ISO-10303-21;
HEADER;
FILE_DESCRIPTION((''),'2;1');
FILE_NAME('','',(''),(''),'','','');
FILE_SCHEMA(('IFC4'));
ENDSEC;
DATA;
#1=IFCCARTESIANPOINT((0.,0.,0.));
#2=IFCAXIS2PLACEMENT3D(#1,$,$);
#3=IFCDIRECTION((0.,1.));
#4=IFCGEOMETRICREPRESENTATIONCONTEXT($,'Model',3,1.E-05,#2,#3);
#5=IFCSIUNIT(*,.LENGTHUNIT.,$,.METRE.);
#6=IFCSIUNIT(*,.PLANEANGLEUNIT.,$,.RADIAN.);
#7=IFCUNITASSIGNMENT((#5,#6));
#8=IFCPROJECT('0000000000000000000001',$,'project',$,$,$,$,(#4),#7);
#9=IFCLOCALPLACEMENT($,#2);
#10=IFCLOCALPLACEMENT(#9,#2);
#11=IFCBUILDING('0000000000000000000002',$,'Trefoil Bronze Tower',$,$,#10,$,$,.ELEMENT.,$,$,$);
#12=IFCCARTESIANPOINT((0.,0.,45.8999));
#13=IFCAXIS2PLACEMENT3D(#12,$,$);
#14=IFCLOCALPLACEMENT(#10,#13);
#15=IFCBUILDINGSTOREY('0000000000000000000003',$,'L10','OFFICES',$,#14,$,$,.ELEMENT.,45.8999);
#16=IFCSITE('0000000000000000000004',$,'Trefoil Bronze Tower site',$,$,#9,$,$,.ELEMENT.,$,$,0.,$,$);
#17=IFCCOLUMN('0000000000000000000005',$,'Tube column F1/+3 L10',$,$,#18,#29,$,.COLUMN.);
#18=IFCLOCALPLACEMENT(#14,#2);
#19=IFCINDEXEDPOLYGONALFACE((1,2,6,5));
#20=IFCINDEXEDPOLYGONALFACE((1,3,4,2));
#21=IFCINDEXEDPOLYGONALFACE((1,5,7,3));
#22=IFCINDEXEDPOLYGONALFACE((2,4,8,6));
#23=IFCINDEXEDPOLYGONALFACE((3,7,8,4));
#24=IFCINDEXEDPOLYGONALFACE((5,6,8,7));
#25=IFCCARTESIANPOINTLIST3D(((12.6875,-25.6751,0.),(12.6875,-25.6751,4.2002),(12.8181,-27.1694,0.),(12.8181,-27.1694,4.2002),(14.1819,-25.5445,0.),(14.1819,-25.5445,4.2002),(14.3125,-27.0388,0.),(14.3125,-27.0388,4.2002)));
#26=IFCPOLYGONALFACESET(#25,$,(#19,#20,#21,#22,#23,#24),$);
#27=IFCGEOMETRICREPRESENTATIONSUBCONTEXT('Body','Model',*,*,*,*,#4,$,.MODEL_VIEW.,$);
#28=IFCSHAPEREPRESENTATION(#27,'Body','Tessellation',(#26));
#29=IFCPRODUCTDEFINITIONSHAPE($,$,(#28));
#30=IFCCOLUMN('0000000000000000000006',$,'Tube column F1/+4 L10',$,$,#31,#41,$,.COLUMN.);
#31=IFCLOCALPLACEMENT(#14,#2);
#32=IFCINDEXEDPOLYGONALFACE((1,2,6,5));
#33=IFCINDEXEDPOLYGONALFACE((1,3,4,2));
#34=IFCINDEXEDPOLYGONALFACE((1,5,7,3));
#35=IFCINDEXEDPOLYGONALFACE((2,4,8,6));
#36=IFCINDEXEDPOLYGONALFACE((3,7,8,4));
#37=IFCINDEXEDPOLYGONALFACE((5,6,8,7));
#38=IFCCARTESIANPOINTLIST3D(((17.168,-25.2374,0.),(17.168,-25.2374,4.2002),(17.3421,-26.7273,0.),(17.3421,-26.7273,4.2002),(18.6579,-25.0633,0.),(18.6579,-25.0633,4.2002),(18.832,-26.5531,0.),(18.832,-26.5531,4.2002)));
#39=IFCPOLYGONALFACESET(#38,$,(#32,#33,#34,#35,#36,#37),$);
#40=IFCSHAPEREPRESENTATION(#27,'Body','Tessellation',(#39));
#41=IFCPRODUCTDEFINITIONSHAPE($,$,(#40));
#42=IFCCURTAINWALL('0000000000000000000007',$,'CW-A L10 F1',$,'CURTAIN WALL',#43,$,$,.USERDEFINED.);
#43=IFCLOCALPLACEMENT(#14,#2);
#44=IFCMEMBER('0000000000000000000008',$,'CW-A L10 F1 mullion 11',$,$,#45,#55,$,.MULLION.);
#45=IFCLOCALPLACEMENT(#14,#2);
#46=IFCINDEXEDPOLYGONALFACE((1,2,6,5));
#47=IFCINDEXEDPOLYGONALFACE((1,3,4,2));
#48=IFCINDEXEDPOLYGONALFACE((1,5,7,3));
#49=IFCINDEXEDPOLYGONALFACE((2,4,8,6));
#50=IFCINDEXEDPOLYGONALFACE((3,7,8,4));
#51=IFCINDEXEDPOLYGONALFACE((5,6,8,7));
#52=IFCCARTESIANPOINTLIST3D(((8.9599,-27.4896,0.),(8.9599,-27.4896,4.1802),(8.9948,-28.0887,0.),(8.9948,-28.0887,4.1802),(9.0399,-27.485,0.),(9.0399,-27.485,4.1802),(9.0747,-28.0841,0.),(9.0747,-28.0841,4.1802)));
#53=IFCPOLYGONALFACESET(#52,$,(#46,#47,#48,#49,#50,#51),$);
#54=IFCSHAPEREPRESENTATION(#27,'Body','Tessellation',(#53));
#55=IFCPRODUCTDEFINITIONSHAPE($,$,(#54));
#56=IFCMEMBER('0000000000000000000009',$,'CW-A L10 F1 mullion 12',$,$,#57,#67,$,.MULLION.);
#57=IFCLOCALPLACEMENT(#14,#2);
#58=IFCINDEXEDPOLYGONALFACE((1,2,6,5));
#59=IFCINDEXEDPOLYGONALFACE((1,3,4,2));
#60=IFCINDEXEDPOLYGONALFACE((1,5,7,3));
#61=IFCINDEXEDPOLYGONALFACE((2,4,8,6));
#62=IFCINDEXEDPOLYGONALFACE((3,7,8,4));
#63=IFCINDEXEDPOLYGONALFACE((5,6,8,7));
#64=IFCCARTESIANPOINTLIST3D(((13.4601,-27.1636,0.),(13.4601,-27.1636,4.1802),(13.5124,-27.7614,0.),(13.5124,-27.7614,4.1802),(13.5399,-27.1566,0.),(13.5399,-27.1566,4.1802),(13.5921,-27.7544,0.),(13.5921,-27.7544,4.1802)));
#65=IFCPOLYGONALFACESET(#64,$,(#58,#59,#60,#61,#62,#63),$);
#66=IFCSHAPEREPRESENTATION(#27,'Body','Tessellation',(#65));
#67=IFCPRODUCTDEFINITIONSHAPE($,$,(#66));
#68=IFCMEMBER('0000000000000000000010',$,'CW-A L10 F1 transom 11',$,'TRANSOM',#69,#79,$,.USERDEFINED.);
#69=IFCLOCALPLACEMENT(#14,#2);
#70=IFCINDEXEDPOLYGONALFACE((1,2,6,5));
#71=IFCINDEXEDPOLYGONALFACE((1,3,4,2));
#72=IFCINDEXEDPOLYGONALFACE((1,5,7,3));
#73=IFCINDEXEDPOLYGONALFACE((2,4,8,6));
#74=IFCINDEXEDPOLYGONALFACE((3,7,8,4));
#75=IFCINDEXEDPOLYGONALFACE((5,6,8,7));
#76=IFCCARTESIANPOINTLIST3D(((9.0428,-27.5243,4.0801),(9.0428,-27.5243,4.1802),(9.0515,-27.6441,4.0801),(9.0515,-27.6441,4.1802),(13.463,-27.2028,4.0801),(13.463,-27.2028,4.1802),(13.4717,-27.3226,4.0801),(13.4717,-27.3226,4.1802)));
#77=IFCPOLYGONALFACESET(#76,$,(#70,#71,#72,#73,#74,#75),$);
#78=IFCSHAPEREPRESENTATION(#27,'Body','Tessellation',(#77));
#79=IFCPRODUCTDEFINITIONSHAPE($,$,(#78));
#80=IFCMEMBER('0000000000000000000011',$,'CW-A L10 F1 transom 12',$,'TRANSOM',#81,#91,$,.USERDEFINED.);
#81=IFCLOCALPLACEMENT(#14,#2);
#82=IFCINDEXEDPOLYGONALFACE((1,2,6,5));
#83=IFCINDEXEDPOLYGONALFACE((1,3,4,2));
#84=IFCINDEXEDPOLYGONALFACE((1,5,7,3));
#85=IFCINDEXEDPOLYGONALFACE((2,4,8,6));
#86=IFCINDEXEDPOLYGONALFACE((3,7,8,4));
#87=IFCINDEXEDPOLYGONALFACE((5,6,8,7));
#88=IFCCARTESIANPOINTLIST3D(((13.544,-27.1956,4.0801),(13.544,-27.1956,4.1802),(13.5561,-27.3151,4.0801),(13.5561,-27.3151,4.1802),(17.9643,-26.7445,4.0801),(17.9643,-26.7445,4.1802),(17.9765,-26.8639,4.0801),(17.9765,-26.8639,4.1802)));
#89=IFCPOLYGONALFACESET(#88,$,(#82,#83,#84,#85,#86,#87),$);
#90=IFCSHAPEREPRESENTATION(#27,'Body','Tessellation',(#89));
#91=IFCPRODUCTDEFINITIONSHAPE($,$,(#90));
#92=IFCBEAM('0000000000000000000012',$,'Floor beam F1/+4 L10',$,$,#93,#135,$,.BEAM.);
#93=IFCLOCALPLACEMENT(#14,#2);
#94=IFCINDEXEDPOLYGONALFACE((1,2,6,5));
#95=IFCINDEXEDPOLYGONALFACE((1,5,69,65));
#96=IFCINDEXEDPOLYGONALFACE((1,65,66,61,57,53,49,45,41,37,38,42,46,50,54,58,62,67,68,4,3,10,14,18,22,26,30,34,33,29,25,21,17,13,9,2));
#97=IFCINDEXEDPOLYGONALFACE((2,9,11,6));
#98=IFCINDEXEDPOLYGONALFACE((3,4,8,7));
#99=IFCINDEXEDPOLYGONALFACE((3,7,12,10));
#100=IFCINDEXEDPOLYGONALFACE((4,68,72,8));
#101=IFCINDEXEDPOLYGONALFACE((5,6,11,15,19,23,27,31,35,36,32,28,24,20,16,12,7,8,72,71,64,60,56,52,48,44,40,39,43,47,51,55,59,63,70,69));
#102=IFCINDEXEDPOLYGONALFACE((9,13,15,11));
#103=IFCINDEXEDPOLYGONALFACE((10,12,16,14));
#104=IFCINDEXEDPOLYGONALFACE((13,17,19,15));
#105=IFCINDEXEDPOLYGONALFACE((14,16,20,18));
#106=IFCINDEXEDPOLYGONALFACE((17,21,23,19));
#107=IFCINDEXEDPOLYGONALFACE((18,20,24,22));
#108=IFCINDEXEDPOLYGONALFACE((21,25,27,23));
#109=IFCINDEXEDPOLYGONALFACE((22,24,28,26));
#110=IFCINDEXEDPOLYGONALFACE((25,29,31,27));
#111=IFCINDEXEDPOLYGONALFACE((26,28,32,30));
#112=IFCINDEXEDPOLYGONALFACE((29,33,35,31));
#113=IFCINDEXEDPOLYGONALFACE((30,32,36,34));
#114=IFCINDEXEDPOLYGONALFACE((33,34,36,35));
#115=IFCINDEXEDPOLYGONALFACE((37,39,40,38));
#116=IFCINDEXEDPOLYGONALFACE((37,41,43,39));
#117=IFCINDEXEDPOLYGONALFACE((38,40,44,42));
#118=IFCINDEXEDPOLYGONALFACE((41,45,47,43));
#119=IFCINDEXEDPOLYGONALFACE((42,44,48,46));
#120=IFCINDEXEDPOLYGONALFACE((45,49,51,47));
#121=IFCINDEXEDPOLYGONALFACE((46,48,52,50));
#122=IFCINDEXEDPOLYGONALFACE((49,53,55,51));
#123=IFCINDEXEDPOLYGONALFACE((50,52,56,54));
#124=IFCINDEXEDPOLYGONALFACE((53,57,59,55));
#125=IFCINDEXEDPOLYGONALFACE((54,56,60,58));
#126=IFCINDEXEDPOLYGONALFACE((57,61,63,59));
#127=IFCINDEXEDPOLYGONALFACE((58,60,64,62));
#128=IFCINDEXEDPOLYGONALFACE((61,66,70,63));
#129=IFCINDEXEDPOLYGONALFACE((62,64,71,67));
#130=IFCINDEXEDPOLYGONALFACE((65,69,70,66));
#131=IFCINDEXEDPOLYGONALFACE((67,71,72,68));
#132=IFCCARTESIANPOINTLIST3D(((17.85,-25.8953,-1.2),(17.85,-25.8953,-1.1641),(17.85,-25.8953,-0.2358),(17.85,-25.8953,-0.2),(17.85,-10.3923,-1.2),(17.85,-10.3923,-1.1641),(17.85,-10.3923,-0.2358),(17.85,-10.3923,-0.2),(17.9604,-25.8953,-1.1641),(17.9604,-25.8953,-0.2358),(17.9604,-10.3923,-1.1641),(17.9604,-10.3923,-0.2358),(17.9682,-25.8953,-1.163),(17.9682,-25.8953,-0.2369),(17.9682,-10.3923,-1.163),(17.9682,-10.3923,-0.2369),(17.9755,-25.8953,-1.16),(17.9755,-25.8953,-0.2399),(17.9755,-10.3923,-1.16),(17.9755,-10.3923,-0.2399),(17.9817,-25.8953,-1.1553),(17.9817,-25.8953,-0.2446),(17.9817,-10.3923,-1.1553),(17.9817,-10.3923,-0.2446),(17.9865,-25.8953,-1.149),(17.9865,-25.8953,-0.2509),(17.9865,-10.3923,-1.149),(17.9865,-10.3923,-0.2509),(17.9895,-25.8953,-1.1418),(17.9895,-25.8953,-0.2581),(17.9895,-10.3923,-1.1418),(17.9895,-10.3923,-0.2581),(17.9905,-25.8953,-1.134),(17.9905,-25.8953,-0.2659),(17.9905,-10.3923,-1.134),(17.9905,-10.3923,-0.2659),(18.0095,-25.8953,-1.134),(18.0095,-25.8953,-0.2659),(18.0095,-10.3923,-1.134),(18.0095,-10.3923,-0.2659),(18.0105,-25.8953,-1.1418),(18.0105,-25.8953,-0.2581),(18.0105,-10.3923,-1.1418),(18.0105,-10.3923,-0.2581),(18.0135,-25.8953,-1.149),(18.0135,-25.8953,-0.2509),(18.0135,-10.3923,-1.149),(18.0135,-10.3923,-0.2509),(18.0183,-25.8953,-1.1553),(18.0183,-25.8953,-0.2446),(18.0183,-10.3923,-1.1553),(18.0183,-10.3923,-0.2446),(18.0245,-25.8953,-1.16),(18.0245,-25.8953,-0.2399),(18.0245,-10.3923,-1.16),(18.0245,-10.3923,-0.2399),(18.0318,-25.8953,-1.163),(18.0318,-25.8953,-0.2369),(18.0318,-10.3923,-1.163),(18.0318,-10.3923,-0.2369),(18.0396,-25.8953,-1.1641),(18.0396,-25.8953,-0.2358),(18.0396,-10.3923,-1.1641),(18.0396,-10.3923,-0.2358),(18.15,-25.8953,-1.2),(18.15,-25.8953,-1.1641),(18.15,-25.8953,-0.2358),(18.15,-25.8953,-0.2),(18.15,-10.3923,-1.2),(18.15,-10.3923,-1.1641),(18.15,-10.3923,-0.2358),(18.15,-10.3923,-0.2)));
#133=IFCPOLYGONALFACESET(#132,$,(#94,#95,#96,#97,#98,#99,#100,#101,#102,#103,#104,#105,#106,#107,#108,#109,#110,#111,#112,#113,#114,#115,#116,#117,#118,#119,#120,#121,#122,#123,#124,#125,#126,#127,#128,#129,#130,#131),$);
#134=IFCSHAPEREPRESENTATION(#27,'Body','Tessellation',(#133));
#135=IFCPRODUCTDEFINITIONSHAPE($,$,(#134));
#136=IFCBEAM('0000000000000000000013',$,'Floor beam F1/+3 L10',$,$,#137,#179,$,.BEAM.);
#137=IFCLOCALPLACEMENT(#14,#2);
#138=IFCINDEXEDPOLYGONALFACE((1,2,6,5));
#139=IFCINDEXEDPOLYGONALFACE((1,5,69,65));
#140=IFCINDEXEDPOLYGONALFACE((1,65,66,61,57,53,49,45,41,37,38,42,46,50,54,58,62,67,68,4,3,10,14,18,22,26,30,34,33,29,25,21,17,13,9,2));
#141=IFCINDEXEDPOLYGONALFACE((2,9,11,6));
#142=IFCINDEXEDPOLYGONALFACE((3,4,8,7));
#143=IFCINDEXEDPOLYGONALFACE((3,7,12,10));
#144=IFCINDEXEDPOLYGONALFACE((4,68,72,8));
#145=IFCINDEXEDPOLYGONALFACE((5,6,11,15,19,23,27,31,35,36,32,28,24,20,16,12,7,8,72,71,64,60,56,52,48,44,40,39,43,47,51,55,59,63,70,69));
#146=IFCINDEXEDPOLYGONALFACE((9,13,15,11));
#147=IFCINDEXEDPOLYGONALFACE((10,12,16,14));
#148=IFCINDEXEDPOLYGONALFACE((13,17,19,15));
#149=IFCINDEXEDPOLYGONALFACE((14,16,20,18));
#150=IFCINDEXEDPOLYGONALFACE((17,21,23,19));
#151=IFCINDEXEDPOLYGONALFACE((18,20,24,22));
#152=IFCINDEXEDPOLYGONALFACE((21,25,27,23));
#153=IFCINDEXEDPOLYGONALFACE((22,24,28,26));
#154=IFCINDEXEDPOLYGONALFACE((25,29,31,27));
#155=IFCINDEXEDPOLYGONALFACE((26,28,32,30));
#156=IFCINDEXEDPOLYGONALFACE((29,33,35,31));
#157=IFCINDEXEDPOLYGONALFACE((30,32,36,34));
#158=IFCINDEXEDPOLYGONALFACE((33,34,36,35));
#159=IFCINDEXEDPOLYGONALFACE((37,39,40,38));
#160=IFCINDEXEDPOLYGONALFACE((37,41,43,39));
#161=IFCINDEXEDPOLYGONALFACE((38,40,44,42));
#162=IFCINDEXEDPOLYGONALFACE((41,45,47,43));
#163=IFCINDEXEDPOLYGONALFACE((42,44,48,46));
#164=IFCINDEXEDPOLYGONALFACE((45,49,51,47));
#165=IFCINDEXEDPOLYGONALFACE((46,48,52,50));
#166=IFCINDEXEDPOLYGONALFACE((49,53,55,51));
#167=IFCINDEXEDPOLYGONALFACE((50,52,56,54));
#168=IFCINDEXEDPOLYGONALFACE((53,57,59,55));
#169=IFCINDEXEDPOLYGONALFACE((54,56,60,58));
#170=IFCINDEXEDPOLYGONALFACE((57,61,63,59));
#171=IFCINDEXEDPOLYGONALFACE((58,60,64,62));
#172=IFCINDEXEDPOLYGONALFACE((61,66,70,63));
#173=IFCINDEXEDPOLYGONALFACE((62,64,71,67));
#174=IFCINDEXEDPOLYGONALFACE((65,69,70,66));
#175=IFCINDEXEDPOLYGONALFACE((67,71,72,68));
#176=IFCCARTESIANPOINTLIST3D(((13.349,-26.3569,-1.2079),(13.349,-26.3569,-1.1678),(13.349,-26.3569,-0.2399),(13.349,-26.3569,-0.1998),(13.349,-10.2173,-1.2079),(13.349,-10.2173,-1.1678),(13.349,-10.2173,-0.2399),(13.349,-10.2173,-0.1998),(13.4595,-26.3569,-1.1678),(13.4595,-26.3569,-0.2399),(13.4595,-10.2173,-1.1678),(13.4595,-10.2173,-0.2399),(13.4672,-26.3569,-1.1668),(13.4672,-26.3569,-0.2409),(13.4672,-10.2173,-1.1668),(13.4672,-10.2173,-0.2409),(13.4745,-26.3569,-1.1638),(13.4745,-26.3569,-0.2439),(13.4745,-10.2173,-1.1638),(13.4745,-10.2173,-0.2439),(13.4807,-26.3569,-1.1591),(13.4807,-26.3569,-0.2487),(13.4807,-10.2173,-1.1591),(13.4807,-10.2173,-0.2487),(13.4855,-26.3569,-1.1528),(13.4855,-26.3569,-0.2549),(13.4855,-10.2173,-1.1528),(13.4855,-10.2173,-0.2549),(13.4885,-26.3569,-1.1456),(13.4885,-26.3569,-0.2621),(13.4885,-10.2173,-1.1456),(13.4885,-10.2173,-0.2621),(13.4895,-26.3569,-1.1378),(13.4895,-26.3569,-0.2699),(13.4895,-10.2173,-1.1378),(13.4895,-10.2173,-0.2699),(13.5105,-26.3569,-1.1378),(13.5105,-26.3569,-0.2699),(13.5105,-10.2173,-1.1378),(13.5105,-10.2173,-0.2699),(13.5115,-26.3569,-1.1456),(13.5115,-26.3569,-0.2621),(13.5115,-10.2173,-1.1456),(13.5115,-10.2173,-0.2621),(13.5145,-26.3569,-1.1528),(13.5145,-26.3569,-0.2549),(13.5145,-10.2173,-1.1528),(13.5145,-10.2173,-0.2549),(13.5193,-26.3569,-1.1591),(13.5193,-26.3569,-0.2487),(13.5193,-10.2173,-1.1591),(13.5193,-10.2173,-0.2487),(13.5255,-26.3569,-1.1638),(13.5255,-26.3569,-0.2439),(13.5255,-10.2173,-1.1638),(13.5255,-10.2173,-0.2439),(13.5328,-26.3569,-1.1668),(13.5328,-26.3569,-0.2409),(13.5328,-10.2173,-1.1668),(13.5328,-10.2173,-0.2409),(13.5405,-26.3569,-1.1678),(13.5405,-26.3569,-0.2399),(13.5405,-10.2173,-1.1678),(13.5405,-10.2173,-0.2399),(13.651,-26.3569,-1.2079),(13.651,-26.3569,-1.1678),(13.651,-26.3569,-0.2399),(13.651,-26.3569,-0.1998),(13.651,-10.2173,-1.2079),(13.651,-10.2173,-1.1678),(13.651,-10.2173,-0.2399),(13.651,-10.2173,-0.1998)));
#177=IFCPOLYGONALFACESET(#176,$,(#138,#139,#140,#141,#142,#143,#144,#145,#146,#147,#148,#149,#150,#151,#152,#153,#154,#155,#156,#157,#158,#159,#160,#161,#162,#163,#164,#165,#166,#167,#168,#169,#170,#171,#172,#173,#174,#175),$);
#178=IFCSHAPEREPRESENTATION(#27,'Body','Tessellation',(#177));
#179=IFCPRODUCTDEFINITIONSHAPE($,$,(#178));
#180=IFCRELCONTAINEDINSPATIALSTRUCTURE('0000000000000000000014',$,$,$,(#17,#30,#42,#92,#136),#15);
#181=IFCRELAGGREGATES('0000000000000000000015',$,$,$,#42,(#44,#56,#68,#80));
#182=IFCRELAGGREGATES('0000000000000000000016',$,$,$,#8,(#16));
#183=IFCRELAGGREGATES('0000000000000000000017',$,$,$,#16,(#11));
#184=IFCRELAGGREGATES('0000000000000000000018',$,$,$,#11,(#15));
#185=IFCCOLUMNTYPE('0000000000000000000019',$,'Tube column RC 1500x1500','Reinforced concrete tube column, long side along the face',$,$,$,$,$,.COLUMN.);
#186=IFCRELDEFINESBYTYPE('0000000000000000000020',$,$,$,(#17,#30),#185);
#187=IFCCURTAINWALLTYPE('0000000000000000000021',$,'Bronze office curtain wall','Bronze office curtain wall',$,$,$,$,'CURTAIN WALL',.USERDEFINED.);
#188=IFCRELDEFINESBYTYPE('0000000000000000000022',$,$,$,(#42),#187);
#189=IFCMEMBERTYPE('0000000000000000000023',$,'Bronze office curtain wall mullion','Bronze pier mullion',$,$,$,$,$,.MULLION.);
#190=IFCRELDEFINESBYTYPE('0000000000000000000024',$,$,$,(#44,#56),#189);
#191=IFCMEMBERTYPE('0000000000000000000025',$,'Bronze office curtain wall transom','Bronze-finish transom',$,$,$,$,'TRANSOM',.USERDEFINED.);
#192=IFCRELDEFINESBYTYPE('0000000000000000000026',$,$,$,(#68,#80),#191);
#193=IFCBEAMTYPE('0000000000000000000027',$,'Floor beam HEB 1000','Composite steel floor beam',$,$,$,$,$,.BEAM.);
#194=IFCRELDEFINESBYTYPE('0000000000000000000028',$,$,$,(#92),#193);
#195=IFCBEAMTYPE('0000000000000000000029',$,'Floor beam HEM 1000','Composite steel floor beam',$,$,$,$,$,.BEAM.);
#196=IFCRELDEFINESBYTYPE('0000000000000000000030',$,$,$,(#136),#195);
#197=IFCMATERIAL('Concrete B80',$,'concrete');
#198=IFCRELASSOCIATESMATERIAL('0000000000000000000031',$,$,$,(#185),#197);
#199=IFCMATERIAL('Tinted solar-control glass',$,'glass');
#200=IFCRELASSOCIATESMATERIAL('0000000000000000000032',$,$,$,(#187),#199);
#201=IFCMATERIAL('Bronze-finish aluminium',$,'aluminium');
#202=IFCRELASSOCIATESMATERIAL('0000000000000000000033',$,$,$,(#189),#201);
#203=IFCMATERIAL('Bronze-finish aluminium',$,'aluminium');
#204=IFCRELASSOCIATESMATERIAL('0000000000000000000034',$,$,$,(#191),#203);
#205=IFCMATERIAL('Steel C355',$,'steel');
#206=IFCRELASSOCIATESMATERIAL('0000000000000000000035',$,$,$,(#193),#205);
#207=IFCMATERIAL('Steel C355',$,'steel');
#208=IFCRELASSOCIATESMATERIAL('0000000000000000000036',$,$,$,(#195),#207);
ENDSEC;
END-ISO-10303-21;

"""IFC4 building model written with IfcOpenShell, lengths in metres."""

from ifc_helpers import new_model, si_unit, direction, frame, origin, origin_2d, place, context, subcontext, project, spatial, rectangle, i_section, extrude, material, material_profile, profile_set, type_object, element, aggregate, save


model = new_model("IFC4")

# Units and contexts
model_context = context("Model", 3, precision=1e-05, world=origin(), true_north=direction((0.0, 1.0)))
body_context = subcontext(model_context, "Body", "Model", "MODEL_VIEW")
ifc_project = project(units=[si_unit("LENGTHUNIT", "METRE"), si_unit("PLANEANGLEUNIT", "RADIAN")], contexts=[model_context])

# Site, building, storey
site_placement = place(None, origin())
site = spatial("IfcSite", under=ifc_project, at=site_placement, Name="Trefoil Bronze Tower site", CompositionType="ELEMENT", RefElevation=0.0)
building_placement = place(site_placement, origin())
building = spatial("IfcBuilding", under=site, at=building_placement, Name="Trefoil Bronze Tower", CompositionType="ELEMENT")
storey_placement = place(building_placement, frame((0.0, 0.0, 45.8999)))
storey = spatial("IfcBuildingStorey", under=building, at=storey_placement, Name="L10", Description="OFFICES", CompositionType="ELEMENT", Elevation=45.8999)

# Columns
ifc_material_1 = material(Name="Concrete B80", Category="concrete")
ifc_material_profile_1 = material_profile(ifc_material_1, rectangle(XDim=1.5, YDim=1.5, at=origin_2d()), Name="RC 1500x1500")
ifc_profile_set_1 = profile_set([ifc_material_profile_1], Name="Concrete B80")
column_type = type_object("IfcColumnType", Name="Tube column RC 1500x1500", Description="Reinforced concrete tube column, long side along the face", PredefinedType="COLUMN", material=ifc_profile_set_1)
for number, where, z_axis, x_axis, name in (
    (1, (13.5, -26.3569, 0.0), (0.0, 0.0, 1.0), (0.996203, 0.087065, 0.0), "Tube column F1/+3 L10"),
    (2, (18.0, -25.8953, 0.0), (0.0, 0.0, 1.0), (0.993239, 0.116087, 0.0), "Tube column F1/+4 L10"),
):
    element("IfcColumn", number, at=place(storey_placement, frame(where, z_axis=z_axis, x_axis=x_axis)), inside=storey, type_object=column_type, Name=name, PredefinedType="COLUMN", context=body_context, shape_type="SweptSolid", body=[
        extrude(rectangle(XDim=1.5, YDim=1.5, at=origin_2d()), origin(), (0.0, 0.0, 1.0), 4.2002),
    ])

# Curtain wall, members
ifc_material_2 = material(Name="Tinted solar-control glass", Category="glass")
curtain_wall_type = type_object("IfcCurtainWallType", Name="Bronze office curtain wall", Description="Bronze office curtain wall", ElementType="CURTAIN WALL", PredefinedType="USERDEFINED", material=ifc_material_2)
curtain_wall_placement = place(storey_placement, origin())
curtain_wall = element("IfcCurtainWall", 3, at=curtain_wall_placement, inside=storey, type_object=curtain_wall_type, Name="CW-A L10 F1", ObjectType="CURTAIN WALL", PredefinedType="USERDEFINED")
ifc_material_3 = material(Name="Bronze-finish aluminium", Category="aluminium")
ifc_material_profile_2 = material_profile(ifc_material_3, rectangle(XDim=0.6001, YDim=0.0801, at=origin_2d()), Name="CW-A mullion")
ifc_profile_set_2 = profile_set([ifc_material_profile_2], Name="Bronze-finish aluminium")
member_type_1 = type_object("IfcMemberType", Name="Bronze office curtain wall mullion", Description="Bronze pier mullion", PredefinedType="MULLION", material=ifc_profile_set_2)
member_1_placement = place(storey_placement, frame((9.0173, -27.7869, 0.0), z_axis=(0.0, 0.0, 1.0), x_axis=(-0.058043, 0.998314, 0.0)))
member_1 = element("IfcMember", 4, at=member_1_placement, type_object=member_type_1, Name="CW-A L10 F1 mullion 11", PredefinedType="MULLION", context=body_context, shape_type="SweptSolid", body=[
    extrude(rectangle(XDim=0.6001, YDim=0.0801, at=origin_2d()), origin(), (0.0, 0.0, 1.0), 4.1802),
])
member_2_placement = place(storey_placement, frame((13.5261, -27.459, 0.0), z_axis=(0.0, 0.0, 1.0), x_axis=(-0.087065, 0.996203, 0.0)))
member_2 = element("IfcMember", 5, at=member_2_placement, type_object=member_type_1, Name="CW-A L10 F1 mullion 12", PredefinedType="MULLION", context=body_context, shape_type="SweptSolid", body=[
    extrude(rectangle(XDim=0.6001, YDim=0.0801, at=origin_2d()), origin(), (0.0, 0.0, 1.0), 4.1802),
])
ifc_material_4 = material(Name="Bronze-finish aluminium", Category="aluminium")
ifc_material_profile_3 = material_profile(ifc_material_4, rectangle(XDim=0.1201, YDim=0.1001, at=origin_2d()), Name="CW-A transom")
ifc_profile_set_3 = profile_set([ifc_material_profile_3], Name="Bronze-finish aluminium")
member_type_2 = type_object("IfcMemberType", Name="Bronze office curtain wall transom", Description="Bronze-finish transom", ElementType="TRANSOM", PredefinedType="USERDEFINED", material=ifc_profile_set_3)
member_3_placement = place(storey_placement, frame((9.0471, -27.5842, 4.1301), z_axis=(0.997365, 0.072551, 0.0), x_axis=(-0.072551, 0.997365, 0.0)))
member_3 = element("IfcMember", 6, at=member_3_placement, type_object=member_type_2, Name="CW-A L10 F1 transom 11", ObjectType="TRANSOM", PredefinedType="USERDEFINED", context=body_context, shape_type="SweptSolid", body=[
    extrude(rectangle(XDim=0.1201, YDim=0.1001, at=origin_2d()), origin(), (0.0, 0.0, 1.0), 4.4319),
])
member_4_placement = place(storey_placement, frame((13.55, -27.2554, 4.1301), z_axis=(0.994832, 0.101538, 0.0), x_axis=(-0.101538, 0.994832, 0.0)))
member_4 = element("IfcMember", 7, at=member_4_placement, type_object=member_type_2, Name="CW-A L10 F1 transom 12", ObjectType="TRANSOM", PredefinedType="USERDEFINED", context=body_context, shape_type="SweptSolid", body=[
    extrude(rectangle(XDim=0.1201, YDim=0.1001, at=origin_2d()), origin(), (0.0, 0.0, 1.0), 4.4434),
])

# Beams
ifc_material_5 = material(Name="Steel C355", Category="steel")
ifc_material_profile_4 = material_profile(ifc_material_5, i_section(OverallWidth=0.3, OverallDepth=1.0, WebThickness=0.019, FlangeThickness=0.0359, FilletRadius=0.03, at=origin_2d()), Name="HEB 1000")
ifc_profile_set_4 = profile_set([ifc_material_profile_4], Name="Steel C355")
beam_type_1 = type_object("IfcBeamType", Name="Floor beam HEB 1000", Description="Composite steel floor beam", PredefinedType="BEAM", material=ifc_profile_set_4)
beam_1_placement = place(storey_placement, frame((18.0, -25.8953, -0.7), z_axis=(0.0, 1.0, 0.0), x_axis=(-1.0, 0.0, 0.0)))
element("IfcBeam", 8, at=beam_1_placement, inside=storey, type_object=beam_type_1, Name="Floor beam F1/+4 L10", PredefinedType="BEAM", context=body_context, shape_type="SweptSolid", body=[
    extrude(i_section(OverallWidth=0.3, OverallDepth=1.0, WebThickness=0.019, FlangeThickness=0.0359, FilletRadius=0.03, at=origin_2d()), origin(), (0.0, 0.0, 1.0), 15.5029),
])
ifc_material_6 = material(Name="Steel C355", Category="steel")
ifc_material_profile_5 = material_profile(ifc_material_6, i_section(OverallWidth=0.302, OverallDepth=1.0081, WebThickness=0.021, FlangeThickness=0.04, FilletRadius=0.03, at=origin_2d()), Name="HEM 1000")
ifc_profile_set_5 = profile_set([ifc_material_profile_5], Name="Steel C355")
beam_type_2 = type_object("IfcBeamType", Name="Floor beam HEM 1000", Description="Composite steel floor beam", PredefinedType="BEAM", material=ifc_profile_set_5)
beam_2_placement = place(storey_placement, frame((13.5, -26.3569, -0.7039), z_axis=(0.0, 1.0, 0.0), x_axis=(-1.0, 0.0, 0.0)))
element("IfcBeam", 9, at=beam_2_placement, inside=storey, type_object=beam_type_2, Name="Floor beam F1/+3 L10", PredefinedType="BEAM", context=body_context, shape_type="SweptSolid", body=[
    extrude(i_section(OverallWidth=0.302, OverallDepth=1.0081, WebThickness=0.021, FlangeThickness=0.04, FilletRadius=0.03, at=origin_2d()), origin(), (0.0, 0.0, 1.0), 16.1396),
])

aggregate(curtain_wall, [member_1, member_2, member_3, member_4])

save(model, "model.ifc")
